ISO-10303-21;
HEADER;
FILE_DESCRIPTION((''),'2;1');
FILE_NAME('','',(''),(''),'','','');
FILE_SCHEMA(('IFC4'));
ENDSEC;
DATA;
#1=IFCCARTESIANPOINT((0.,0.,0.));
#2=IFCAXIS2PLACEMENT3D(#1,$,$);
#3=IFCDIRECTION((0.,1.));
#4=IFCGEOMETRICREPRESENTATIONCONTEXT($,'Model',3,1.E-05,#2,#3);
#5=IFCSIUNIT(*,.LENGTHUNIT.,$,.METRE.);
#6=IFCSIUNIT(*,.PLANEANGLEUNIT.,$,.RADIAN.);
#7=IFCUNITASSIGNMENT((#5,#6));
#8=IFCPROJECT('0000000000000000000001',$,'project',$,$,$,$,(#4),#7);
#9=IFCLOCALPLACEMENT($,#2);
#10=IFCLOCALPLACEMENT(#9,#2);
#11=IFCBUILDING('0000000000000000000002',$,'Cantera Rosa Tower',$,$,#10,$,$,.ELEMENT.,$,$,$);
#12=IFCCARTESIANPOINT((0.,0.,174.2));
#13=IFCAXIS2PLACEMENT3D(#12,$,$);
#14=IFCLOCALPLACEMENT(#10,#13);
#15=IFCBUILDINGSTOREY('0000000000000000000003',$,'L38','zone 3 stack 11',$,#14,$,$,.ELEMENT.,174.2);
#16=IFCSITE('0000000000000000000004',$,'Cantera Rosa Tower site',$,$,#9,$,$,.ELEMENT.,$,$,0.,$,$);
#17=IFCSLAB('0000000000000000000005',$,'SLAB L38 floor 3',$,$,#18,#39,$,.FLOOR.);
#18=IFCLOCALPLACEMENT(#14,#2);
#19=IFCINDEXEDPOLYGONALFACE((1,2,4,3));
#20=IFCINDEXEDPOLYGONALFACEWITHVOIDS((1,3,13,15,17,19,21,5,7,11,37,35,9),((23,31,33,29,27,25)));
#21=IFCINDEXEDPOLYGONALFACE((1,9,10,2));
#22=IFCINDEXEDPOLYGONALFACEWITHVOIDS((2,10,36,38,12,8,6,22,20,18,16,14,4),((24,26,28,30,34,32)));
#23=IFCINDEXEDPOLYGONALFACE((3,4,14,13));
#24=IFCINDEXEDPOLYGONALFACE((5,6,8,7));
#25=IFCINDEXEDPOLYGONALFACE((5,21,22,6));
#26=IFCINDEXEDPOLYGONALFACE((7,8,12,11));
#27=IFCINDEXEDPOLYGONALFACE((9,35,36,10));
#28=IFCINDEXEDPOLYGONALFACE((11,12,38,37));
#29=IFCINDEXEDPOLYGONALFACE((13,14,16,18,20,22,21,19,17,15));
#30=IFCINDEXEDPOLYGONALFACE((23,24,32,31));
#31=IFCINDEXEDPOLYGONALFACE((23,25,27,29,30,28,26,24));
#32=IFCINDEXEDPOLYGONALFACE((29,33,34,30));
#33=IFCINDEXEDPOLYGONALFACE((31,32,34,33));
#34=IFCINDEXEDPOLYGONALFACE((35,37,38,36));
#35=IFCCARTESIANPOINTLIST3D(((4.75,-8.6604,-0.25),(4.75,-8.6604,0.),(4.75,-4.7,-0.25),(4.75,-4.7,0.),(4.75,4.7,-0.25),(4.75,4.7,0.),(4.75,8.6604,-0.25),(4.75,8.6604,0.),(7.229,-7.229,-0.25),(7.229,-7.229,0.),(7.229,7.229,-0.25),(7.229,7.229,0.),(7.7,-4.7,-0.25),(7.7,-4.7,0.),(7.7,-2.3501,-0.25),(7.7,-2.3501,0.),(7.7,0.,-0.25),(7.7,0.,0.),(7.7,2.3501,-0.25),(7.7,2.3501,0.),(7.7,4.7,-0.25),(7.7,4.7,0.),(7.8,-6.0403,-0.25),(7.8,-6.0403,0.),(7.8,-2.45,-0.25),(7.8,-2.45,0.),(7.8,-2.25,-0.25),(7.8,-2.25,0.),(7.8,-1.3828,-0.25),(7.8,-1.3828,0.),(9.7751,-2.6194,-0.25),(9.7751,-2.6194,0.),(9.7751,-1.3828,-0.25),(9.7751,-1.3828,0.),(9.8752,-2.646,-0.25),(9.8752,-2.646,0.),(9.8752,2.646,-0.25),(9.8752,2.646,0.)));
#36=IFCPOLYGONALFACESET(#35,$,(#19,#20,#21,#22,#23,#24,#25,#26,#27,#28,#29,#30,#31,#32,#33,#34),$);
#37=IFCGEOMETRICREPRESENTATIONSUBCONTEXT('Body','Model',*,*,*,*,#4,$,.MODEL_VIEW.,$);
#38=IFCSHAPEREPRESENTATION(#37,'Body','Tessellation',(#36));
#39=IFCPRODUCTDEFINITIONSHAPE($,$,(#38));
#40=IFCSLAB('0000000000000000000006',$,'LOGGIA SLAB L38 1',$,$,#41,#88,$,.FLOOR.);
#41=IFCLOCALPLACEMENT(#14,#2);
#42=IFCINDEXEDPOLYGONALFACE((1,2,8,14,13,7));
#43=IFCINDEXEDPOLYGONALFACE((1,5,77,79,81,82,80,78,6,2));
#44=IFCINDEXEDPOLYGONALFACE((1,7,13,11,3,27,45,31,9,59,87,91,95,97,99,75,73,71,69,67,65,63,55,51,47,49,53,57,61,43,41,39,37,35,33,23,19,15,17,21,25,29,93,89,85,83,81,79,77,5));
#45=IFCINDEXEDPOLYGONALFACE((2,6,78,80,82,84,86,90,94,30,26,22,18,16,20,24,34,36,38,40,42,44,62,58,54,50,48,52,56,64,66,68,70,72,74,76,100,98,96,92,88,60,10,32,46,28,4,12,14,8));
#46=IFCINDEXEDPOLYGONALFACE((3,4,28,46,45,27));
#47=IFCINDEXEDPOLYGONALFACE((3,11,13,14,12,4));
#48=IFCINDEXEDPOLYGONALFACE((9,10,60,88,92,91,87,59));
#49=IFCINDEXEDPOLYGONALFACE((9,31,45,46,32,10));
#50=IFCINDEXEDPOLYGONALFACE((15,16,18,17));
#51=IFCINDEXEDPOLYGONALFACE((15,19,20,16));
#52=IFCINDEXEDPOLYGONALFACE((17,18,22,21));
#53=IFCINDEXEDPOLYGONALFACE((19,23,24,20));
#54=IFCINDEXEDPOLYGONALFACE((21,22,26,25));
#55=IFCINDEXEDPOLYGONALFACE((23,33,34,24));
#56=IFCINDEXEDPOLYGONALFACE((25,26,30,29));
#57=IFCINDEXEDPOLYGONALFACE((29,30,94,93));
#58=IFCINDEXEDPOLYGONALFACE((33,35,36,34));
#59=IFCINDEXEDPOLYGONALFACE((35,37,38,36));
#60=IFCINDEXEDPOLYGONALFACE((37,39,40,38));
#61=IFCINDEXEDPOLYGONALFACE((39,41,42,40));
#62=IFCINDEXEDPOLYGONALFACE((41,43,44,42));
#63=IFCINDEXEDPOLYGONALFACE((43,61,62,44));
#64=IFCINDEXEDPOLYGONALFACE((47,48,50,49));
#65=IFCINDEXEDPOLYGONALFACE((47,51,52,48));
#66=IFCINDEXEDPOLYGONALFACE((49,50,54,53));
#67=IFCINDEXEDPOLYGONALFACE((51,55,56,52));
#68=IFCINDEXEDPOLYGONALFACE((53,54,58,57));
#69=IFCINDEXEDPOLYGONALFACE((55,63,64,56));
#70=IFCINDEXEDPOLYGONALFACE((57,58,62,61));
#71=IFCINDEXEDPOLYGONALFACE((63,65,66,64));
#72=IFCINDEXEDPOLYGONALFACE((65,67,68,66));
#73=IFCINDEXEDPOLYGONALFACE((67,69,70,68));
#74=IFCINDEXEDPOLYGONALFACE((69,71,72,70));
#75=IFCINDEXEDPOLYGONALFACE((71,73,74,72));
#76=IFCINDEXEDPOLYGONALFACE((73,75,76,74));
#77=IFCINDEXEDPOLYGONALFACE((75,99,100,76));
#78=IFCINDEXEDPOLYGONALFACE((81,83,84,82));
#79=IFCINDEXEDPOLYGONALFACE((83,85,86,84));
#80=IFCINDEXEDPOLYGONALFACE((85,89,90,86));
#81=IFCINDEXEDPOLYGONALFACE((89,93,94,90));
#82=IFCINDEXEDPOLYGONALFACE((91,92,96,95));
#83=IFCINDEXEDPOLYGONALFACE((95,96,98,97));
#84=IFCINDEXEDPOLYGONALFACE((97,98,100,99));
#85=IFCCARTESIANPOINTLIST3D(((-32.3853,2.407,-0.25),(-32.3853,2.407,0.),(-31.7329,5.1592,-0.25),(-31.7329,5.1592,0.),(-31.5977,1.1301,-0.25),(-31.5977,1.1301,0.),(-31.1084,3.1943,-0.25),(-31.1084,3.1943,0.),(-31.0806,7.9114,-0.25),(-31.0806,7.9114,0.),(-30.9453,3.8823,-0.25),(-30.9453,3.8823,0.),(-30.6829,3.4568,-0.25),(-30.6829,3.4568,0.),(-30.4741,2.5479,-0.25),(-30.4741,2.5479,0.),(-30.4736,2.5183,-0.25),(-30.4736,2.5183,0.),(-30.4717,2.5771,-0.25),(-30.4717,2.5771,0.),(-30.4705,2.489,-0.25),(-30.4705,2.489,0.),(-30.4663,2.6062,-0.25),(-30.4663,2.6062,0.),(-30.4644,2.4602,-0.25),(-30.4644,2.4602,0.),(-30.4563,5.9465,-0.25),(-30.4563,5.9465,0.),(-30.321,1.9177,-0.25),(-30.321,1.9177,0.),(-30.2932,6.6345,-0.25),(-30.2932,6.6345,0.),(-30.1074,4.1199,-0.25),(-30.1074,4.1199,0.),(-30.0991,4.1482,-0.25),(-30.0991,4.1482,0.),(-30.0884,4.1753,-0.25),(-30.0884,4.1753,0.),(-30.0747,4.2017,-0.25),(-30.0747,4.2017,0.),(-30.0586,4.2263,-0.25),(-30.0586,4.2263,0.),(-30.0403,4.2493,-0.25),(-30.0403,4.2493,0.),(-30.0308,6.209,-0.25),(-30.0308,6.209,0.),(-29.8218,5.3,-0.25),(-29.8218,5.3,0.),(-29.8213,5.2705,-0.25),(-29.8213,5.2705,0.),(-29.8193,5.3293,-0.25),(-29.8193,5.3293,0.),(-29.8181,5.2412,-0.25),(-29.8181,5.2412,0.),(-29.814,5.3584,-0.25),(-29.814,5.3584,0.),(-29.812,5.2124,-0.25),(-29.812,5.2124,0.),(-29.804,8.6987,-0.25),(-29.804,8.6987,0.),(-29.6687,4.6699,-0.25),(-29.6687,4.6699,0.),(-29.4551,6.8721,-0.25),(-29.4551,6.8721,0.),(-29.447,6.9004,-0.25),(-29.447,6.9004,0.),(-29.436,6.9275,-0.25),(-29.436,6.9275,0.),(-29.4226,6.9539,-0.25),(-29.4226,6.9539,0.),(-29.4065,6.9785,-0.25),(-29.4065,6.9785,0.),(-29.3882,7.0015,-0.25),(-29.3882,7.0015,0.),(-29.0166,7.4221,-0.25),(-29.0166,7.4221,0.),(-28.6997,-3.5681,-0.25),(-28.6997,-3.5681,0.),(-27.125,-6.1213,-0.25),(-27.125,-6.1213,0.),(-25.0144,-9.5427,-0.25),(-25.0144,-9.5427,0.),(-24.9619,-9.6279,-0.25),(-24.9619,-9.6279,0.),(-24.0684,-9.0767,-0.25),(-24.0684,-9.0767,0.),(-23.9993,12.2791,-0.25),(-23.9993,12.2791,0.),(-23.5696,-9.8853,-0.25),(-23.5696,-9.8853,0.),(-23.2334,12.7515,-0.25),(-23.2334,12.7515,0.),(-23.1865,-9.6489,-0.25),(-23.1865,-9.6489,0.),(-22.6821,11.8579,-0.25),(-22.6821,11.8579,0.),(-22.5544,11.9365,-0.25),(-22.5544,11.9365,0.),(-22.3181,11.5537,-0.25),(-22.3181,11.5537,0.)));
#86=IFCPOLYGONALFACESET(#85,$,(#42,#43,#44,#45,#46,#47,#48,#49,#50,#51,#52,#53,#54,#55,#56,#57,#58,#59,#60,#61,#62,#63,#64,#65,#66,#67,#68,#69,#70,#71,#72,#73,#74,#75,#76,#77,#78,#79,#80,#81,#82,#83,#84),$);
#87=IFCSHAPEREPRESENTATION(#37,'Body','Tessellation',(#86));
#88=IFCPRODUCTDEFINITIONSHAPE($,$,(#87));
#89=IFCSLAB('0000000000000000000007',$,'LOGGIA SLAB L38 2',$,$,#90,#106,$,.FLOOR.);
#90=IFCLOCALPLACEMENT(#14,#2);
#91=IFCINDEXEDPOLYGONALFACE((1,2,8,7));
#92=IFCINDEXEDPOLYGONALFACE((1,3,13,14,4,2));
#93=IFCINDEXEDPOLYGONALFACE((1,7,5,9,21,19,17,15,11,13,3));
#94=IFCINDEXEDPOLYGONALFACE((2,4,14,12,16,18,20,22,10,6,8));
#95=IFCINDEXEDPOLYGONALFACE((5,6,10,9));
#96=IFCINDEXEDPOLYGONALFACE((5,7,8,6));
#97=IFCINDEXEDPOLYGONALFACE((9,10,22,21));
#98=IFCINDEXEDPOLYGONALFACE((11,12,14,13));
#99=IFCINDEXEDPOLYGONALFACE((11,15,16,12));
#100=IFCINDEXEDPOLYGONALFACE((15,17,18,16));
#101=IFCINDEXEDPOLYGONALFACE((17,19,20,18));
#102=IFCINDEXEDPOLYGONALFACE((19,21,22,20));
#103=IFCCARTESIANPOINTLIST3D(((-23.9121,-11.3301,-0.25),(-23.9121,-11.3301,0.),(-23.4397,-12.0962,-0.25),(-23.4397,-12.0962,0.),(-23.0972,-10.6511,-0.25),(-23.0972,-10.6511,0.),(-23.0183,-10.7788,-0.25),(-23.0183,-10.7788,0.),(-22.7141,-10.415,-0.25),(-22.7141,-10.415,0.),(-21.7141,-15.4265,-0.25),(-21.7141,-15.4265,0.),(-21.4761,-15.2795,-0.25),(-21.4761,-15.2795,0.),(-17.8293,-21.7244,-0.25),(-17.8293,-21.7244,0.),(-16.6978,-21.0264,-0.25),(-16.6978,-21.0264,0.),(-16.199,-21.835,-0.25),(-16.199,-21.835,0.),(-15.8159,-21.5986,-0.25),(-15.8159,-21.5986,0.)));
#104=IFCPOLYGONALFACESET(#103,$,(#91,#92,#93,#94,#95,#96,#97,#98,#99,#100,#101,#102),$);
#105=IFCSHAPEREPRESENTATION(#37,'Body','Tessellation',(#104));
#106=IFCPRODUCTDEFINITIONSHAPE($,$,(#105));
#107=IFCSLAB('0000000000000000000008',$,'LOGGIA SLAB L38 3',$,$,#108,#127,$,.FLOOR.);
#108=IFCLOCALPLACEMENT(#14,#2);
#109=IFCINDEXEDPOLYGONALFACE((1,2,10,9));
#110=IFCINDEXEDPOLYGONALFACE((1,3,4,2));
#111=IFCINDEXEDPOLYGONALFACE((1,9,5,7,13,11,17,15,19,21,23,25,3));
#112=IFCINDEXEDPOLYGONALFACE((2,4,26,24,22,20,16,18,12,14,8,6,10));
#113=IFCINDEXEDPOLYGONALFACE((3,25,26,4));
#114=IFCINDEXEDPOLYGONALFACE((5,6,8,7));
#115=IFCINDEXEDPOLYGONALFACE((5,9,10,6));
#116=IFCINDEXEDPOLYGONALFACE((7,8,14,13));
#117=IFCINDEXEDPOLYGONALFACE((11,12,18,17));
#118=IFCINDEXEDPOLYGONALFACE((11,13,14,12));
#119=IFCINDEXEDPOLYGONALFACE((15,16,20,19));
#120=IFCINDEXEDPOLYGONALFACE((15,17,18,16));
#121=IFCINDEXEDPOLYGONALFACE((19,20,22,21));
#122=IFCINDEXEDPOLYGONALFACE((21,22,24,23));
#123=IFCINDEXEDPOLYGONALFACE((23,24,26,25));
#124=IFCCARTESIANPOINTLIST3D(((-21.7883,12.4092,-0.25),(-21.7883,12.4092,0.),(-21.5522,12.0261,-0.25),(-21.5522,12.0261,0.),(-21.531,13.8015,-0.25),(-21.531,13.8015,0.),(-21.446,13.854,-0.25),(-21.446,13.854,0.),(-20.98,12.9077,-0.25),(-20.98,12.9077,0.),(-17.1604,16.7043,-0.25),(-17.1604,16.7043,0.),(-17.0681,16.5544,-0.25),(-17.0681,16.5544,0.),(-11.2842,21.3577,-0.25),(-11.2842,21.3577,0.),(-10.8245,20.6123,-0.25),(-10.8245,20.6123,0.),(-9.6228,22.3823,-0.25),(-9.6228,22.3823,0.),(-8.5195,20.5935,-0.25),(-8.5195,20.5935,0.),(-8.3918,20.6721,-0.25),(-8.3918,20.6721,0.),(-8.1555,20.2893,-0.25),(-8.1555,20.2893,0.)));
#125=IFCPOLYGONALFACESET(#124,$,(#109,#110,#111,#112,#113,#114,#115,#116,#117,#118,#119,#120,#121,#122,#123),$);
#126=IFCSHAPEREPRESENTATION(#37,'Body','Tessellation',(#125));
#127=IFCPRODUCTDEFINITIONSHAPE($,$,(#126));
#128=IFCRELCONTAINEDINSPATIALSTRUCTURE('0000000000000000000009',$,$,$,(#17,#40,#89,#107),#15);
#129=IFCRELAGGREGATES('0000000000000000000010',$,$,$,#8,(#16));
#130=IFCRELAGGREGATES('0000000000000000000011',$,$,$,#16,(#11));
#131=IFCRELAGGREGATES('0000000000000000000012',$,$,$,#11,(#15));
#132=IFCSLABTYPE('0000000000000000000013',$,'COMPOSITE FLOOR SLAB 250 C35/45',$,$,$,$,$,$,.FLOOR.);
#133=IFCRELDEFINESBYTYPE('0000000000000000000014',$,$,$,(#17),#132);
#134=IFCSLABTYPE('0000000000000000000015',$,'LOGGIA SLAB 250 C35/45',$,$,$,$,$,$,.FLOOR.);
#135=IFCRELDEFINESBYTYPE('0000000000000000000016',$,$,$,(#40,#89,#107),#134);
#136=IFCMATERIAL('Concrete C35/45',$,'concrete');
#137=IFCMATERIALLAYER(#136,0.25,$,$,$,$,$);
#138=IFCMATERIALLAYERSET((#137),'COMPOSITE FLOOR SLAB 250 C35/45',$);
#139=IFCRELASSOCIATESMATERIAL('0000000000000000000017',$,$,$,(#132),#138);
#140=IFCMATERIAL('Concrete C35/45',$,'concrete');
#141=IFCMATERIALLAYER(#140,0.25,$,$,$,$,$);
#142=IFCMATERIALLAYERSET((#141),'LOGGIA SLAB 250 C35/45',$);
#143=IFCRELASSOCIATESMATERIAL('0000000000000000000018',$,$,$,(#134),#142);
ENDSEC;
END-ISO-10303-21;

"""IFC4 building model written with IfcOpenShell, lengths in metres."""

from ifc_helpers import new_model, si_unit, direction, frame, origin, place, context, subcontext, project, spatial, polyline, outline, extrude, material, layer, layer_set, type_object, element, save


model = new_model("IFC4")

# Units and contexts
model_context = context("Model", 3, precision=1e-05, world=origin(), true_north=direction((0.0, 1.0)))
body_context = subcontext(model_context, "Body", "Model", "MODEL_VIEW")
ifc_project = project(units=[si_unit("LENGTHUNIT", "METRE"), si_unit("PLANEANGLEUNIT", "RADIAN")], contexts=[model_context])

# Site, building, storey
site_placement = place(None, origin())
site = spatial("IfcSite", under=ifc_project, at=site_placement, Name="Cantera Rosa Tower site", CompositionType="ELEMENT", RefElevation=0.0)
building_placement = place(site_placement, origin())
building = spatial("IfcBuilding", under=site, at=building_placement, Name="Cantera Rosa Tower", CompositionType="ELEMENT")
storey_placement = place(building_placement, frame((0.0, 0.0, 174.2)))
storey = spatial("IfcBuildingStorey", under=building, at=storey_placement, Name="L38", Description="zone 3 stack 11", CompositionType="ELEMENT", Elevation=174.2)

# Slabs
ifc_material_1 = material(Name="Concrete C35/45", Category="concrete")
ifc_layer_1 = layer(ifc_material_1, 0.25)
ifc_layer_set_1 = layer_set([ifc_layer_1], Name="COMPOSITE FLOOR SLAB 250 C35/45")
slab_type_1 = type_object("IfcSlabType", Name="COMPOSITE FLOOR SLAB 250 C35/45", PredefinedType="FLOOR", material=ifc_layer_set_1)
slab_1_placement = place(storey_placement, frame((0.0, 0.0, -0.25)))
element("IfcSlab", 1, at=slab_1_placement, inside=storey, type_object=slab_type_1, Name="SLAB L38 floor 3", PredefinedType="FLOOR", context=body_context, shape_type="SweptSolid", body=[
    extrude(outline(polyline([(4.75, 4.7), (4.75, 8.6604), (7.229, 7.229), (9.8752, 2.646), (9.8752, -2.646), (7.229, -7.229), (4.75, -8.6604), (4.75, -4.7), (7.7, -4.7), (7.7, -2.3501), (7.7, 0.0), (7.7, 2.3501), (7.7, 4.7), (4.75, 4.7)]), holes=[polyline([(9.7751, -2.6194), (9.7751, -1.3828), (7.8, -1.3828), (7.8, -2.25), (7.8, -2.45), (7.8, -6.0403), (9.7751, -2.6194)])]), origin(), (0.0, 0.0, 1.0), 0.25),
])
ifc_material_2 = material(Name="Concrete C35/45", Category="concrete")
ifc_layer_2 = layer(ifc_material_2, 0.25)
ifc_layer_set_2 = layer_set([ifc_layer_2], Name="LOGGIA SLAB 250 C35/45")
slab_type_2 = type_object("IfcSlabType", Name="LOGGIA SLAB 250 C35/45", PredefinedType="FLOOR", material=ifc_layer_set_2)
slab_2_placement = place(storey_placement, frame((0.0, 0.0, -0.25)))
element("IfcSlab", 2, at=slab_2_placement, inside=storey, type_object=slab_type_2, Name="LOGGIA SLAB L38 1", PredefinedType="FLOOR", context=body_context, shape_type="SweptSolid", body=[
    extrude(outline(polyline([(-28.6997, -3.5681), (-31.5977, 1.1301), (-32.3853, 2.407), (-31.1084, 3.1943), (-30.6829, 3.4568), (-30.9453, 3.8823), (-31.7329, 5.1592), (-30.4563, 5.9465), (-30.0308, 6.209), (-30.2932, 6.6345), (-31.0806, 7.9114), (-29.804, 8.6987), (-23.9993, 12.2791), (-23.2334, 12.7515), (-22.6821, 11.8579), (-22.5544, 11.9365), (-22.3181, 11.5537), (-29.0166, 7.4221), (-29.3882, 7.0015), (-29.4065, 6.9785), (-29.4226, 6.9539), (-29.436, 6.9275), (-29.447, 6.9004), (-29.4551, 6.8721), (-29.814, 5.3584), (-29.8193, 5.3293), (-29.8218, 5.3), (-29.8213, 5.2705), (-29.8181, 5.2412), (-29.812, 5.2124), (-29.6687, 4.6699), (-30.0403, 4.2493), (-30.0586, 4.2263), (-30.0747, 4.2017), (-30.0884, 4.1753), (-30.0991, 4.1482), (-30.1074, 4.1199), (-30.4663, 2.6062), (-30.4717, 2.5771), (-30.4741, 2.5479), (-30.4736, 2.5183), (-30.4705, 2.489), (-30.4644, 2.4602), (-30.321, 1.9177), (-23.1865, -9.6489), (-23.5696, -9.8853), (-24.0684, -9.0767), (-24.9619, -9.6279), (-25.0144, -9.5427), (-27.125, -6.1213), (-28.6997, -3.5681)])), origin(), (0.0, 0.0, 1.0), 0.25),
])
slab_3_placement = place(storey_placement, frame((0.0, 0.0, -0.25)))
element("IfcSlab", 3, at=slab_3_placement, inside=storey, type_object=slab_type_2, Name="LOGGIA SLAB L38 2", PredefinedType="FLOOR", context=body_context, shape_type="SweptSolid", body=[
    extrude(outline(polyline([(-23.4397, -12.0962), (-23.9121, -11.3301), (-23.0183, -10.7788), (-23.0972, -10.6511), (-22.7141, -10.415), (-15.8159, -21.5986), (-16.199, -21.835), (-16.6978, -21.0264), (-17.8293, -21.7244), (-21.7141, -15.4265), (-21.4761, -15.2795), (-23.4397, -12.0962)])), origin(), (0.0, 0.0, 1.0), 0.25),
])
slab_4_placement = place(storey_placement, frame((0.0, 0.0, -0.25)))
element("IfcSlab", 4, at=slab_4_placement, inside=storey, type_object=slab_type_2, Name="LOGGIA SLAB L38 3", PredefinedType="FLOOR", context=body_context, shape_type="SweptSolid", body=[
    extrude(outline(polyline([(-17.1604, 16.7043), (-10.8245, 20.6123), (-11.2842, 21.3577), (-9.6228, 22.3823), (-8.5195, 20.5935), (-8.3918, 20.6721), (-8.1555, 20.2893), (-21.5522, 12.0261), (-21.7883, 12.4092), (-20.98, 12.9077), (-21.531, 13.8015), (-21.446, 13.854), (-17.0681, 16.5544), (-17.1604, 16.7043)])), origin(), (0.0, 0.0, 1.0), 0.25),
])

save(model, "model.ifc")
